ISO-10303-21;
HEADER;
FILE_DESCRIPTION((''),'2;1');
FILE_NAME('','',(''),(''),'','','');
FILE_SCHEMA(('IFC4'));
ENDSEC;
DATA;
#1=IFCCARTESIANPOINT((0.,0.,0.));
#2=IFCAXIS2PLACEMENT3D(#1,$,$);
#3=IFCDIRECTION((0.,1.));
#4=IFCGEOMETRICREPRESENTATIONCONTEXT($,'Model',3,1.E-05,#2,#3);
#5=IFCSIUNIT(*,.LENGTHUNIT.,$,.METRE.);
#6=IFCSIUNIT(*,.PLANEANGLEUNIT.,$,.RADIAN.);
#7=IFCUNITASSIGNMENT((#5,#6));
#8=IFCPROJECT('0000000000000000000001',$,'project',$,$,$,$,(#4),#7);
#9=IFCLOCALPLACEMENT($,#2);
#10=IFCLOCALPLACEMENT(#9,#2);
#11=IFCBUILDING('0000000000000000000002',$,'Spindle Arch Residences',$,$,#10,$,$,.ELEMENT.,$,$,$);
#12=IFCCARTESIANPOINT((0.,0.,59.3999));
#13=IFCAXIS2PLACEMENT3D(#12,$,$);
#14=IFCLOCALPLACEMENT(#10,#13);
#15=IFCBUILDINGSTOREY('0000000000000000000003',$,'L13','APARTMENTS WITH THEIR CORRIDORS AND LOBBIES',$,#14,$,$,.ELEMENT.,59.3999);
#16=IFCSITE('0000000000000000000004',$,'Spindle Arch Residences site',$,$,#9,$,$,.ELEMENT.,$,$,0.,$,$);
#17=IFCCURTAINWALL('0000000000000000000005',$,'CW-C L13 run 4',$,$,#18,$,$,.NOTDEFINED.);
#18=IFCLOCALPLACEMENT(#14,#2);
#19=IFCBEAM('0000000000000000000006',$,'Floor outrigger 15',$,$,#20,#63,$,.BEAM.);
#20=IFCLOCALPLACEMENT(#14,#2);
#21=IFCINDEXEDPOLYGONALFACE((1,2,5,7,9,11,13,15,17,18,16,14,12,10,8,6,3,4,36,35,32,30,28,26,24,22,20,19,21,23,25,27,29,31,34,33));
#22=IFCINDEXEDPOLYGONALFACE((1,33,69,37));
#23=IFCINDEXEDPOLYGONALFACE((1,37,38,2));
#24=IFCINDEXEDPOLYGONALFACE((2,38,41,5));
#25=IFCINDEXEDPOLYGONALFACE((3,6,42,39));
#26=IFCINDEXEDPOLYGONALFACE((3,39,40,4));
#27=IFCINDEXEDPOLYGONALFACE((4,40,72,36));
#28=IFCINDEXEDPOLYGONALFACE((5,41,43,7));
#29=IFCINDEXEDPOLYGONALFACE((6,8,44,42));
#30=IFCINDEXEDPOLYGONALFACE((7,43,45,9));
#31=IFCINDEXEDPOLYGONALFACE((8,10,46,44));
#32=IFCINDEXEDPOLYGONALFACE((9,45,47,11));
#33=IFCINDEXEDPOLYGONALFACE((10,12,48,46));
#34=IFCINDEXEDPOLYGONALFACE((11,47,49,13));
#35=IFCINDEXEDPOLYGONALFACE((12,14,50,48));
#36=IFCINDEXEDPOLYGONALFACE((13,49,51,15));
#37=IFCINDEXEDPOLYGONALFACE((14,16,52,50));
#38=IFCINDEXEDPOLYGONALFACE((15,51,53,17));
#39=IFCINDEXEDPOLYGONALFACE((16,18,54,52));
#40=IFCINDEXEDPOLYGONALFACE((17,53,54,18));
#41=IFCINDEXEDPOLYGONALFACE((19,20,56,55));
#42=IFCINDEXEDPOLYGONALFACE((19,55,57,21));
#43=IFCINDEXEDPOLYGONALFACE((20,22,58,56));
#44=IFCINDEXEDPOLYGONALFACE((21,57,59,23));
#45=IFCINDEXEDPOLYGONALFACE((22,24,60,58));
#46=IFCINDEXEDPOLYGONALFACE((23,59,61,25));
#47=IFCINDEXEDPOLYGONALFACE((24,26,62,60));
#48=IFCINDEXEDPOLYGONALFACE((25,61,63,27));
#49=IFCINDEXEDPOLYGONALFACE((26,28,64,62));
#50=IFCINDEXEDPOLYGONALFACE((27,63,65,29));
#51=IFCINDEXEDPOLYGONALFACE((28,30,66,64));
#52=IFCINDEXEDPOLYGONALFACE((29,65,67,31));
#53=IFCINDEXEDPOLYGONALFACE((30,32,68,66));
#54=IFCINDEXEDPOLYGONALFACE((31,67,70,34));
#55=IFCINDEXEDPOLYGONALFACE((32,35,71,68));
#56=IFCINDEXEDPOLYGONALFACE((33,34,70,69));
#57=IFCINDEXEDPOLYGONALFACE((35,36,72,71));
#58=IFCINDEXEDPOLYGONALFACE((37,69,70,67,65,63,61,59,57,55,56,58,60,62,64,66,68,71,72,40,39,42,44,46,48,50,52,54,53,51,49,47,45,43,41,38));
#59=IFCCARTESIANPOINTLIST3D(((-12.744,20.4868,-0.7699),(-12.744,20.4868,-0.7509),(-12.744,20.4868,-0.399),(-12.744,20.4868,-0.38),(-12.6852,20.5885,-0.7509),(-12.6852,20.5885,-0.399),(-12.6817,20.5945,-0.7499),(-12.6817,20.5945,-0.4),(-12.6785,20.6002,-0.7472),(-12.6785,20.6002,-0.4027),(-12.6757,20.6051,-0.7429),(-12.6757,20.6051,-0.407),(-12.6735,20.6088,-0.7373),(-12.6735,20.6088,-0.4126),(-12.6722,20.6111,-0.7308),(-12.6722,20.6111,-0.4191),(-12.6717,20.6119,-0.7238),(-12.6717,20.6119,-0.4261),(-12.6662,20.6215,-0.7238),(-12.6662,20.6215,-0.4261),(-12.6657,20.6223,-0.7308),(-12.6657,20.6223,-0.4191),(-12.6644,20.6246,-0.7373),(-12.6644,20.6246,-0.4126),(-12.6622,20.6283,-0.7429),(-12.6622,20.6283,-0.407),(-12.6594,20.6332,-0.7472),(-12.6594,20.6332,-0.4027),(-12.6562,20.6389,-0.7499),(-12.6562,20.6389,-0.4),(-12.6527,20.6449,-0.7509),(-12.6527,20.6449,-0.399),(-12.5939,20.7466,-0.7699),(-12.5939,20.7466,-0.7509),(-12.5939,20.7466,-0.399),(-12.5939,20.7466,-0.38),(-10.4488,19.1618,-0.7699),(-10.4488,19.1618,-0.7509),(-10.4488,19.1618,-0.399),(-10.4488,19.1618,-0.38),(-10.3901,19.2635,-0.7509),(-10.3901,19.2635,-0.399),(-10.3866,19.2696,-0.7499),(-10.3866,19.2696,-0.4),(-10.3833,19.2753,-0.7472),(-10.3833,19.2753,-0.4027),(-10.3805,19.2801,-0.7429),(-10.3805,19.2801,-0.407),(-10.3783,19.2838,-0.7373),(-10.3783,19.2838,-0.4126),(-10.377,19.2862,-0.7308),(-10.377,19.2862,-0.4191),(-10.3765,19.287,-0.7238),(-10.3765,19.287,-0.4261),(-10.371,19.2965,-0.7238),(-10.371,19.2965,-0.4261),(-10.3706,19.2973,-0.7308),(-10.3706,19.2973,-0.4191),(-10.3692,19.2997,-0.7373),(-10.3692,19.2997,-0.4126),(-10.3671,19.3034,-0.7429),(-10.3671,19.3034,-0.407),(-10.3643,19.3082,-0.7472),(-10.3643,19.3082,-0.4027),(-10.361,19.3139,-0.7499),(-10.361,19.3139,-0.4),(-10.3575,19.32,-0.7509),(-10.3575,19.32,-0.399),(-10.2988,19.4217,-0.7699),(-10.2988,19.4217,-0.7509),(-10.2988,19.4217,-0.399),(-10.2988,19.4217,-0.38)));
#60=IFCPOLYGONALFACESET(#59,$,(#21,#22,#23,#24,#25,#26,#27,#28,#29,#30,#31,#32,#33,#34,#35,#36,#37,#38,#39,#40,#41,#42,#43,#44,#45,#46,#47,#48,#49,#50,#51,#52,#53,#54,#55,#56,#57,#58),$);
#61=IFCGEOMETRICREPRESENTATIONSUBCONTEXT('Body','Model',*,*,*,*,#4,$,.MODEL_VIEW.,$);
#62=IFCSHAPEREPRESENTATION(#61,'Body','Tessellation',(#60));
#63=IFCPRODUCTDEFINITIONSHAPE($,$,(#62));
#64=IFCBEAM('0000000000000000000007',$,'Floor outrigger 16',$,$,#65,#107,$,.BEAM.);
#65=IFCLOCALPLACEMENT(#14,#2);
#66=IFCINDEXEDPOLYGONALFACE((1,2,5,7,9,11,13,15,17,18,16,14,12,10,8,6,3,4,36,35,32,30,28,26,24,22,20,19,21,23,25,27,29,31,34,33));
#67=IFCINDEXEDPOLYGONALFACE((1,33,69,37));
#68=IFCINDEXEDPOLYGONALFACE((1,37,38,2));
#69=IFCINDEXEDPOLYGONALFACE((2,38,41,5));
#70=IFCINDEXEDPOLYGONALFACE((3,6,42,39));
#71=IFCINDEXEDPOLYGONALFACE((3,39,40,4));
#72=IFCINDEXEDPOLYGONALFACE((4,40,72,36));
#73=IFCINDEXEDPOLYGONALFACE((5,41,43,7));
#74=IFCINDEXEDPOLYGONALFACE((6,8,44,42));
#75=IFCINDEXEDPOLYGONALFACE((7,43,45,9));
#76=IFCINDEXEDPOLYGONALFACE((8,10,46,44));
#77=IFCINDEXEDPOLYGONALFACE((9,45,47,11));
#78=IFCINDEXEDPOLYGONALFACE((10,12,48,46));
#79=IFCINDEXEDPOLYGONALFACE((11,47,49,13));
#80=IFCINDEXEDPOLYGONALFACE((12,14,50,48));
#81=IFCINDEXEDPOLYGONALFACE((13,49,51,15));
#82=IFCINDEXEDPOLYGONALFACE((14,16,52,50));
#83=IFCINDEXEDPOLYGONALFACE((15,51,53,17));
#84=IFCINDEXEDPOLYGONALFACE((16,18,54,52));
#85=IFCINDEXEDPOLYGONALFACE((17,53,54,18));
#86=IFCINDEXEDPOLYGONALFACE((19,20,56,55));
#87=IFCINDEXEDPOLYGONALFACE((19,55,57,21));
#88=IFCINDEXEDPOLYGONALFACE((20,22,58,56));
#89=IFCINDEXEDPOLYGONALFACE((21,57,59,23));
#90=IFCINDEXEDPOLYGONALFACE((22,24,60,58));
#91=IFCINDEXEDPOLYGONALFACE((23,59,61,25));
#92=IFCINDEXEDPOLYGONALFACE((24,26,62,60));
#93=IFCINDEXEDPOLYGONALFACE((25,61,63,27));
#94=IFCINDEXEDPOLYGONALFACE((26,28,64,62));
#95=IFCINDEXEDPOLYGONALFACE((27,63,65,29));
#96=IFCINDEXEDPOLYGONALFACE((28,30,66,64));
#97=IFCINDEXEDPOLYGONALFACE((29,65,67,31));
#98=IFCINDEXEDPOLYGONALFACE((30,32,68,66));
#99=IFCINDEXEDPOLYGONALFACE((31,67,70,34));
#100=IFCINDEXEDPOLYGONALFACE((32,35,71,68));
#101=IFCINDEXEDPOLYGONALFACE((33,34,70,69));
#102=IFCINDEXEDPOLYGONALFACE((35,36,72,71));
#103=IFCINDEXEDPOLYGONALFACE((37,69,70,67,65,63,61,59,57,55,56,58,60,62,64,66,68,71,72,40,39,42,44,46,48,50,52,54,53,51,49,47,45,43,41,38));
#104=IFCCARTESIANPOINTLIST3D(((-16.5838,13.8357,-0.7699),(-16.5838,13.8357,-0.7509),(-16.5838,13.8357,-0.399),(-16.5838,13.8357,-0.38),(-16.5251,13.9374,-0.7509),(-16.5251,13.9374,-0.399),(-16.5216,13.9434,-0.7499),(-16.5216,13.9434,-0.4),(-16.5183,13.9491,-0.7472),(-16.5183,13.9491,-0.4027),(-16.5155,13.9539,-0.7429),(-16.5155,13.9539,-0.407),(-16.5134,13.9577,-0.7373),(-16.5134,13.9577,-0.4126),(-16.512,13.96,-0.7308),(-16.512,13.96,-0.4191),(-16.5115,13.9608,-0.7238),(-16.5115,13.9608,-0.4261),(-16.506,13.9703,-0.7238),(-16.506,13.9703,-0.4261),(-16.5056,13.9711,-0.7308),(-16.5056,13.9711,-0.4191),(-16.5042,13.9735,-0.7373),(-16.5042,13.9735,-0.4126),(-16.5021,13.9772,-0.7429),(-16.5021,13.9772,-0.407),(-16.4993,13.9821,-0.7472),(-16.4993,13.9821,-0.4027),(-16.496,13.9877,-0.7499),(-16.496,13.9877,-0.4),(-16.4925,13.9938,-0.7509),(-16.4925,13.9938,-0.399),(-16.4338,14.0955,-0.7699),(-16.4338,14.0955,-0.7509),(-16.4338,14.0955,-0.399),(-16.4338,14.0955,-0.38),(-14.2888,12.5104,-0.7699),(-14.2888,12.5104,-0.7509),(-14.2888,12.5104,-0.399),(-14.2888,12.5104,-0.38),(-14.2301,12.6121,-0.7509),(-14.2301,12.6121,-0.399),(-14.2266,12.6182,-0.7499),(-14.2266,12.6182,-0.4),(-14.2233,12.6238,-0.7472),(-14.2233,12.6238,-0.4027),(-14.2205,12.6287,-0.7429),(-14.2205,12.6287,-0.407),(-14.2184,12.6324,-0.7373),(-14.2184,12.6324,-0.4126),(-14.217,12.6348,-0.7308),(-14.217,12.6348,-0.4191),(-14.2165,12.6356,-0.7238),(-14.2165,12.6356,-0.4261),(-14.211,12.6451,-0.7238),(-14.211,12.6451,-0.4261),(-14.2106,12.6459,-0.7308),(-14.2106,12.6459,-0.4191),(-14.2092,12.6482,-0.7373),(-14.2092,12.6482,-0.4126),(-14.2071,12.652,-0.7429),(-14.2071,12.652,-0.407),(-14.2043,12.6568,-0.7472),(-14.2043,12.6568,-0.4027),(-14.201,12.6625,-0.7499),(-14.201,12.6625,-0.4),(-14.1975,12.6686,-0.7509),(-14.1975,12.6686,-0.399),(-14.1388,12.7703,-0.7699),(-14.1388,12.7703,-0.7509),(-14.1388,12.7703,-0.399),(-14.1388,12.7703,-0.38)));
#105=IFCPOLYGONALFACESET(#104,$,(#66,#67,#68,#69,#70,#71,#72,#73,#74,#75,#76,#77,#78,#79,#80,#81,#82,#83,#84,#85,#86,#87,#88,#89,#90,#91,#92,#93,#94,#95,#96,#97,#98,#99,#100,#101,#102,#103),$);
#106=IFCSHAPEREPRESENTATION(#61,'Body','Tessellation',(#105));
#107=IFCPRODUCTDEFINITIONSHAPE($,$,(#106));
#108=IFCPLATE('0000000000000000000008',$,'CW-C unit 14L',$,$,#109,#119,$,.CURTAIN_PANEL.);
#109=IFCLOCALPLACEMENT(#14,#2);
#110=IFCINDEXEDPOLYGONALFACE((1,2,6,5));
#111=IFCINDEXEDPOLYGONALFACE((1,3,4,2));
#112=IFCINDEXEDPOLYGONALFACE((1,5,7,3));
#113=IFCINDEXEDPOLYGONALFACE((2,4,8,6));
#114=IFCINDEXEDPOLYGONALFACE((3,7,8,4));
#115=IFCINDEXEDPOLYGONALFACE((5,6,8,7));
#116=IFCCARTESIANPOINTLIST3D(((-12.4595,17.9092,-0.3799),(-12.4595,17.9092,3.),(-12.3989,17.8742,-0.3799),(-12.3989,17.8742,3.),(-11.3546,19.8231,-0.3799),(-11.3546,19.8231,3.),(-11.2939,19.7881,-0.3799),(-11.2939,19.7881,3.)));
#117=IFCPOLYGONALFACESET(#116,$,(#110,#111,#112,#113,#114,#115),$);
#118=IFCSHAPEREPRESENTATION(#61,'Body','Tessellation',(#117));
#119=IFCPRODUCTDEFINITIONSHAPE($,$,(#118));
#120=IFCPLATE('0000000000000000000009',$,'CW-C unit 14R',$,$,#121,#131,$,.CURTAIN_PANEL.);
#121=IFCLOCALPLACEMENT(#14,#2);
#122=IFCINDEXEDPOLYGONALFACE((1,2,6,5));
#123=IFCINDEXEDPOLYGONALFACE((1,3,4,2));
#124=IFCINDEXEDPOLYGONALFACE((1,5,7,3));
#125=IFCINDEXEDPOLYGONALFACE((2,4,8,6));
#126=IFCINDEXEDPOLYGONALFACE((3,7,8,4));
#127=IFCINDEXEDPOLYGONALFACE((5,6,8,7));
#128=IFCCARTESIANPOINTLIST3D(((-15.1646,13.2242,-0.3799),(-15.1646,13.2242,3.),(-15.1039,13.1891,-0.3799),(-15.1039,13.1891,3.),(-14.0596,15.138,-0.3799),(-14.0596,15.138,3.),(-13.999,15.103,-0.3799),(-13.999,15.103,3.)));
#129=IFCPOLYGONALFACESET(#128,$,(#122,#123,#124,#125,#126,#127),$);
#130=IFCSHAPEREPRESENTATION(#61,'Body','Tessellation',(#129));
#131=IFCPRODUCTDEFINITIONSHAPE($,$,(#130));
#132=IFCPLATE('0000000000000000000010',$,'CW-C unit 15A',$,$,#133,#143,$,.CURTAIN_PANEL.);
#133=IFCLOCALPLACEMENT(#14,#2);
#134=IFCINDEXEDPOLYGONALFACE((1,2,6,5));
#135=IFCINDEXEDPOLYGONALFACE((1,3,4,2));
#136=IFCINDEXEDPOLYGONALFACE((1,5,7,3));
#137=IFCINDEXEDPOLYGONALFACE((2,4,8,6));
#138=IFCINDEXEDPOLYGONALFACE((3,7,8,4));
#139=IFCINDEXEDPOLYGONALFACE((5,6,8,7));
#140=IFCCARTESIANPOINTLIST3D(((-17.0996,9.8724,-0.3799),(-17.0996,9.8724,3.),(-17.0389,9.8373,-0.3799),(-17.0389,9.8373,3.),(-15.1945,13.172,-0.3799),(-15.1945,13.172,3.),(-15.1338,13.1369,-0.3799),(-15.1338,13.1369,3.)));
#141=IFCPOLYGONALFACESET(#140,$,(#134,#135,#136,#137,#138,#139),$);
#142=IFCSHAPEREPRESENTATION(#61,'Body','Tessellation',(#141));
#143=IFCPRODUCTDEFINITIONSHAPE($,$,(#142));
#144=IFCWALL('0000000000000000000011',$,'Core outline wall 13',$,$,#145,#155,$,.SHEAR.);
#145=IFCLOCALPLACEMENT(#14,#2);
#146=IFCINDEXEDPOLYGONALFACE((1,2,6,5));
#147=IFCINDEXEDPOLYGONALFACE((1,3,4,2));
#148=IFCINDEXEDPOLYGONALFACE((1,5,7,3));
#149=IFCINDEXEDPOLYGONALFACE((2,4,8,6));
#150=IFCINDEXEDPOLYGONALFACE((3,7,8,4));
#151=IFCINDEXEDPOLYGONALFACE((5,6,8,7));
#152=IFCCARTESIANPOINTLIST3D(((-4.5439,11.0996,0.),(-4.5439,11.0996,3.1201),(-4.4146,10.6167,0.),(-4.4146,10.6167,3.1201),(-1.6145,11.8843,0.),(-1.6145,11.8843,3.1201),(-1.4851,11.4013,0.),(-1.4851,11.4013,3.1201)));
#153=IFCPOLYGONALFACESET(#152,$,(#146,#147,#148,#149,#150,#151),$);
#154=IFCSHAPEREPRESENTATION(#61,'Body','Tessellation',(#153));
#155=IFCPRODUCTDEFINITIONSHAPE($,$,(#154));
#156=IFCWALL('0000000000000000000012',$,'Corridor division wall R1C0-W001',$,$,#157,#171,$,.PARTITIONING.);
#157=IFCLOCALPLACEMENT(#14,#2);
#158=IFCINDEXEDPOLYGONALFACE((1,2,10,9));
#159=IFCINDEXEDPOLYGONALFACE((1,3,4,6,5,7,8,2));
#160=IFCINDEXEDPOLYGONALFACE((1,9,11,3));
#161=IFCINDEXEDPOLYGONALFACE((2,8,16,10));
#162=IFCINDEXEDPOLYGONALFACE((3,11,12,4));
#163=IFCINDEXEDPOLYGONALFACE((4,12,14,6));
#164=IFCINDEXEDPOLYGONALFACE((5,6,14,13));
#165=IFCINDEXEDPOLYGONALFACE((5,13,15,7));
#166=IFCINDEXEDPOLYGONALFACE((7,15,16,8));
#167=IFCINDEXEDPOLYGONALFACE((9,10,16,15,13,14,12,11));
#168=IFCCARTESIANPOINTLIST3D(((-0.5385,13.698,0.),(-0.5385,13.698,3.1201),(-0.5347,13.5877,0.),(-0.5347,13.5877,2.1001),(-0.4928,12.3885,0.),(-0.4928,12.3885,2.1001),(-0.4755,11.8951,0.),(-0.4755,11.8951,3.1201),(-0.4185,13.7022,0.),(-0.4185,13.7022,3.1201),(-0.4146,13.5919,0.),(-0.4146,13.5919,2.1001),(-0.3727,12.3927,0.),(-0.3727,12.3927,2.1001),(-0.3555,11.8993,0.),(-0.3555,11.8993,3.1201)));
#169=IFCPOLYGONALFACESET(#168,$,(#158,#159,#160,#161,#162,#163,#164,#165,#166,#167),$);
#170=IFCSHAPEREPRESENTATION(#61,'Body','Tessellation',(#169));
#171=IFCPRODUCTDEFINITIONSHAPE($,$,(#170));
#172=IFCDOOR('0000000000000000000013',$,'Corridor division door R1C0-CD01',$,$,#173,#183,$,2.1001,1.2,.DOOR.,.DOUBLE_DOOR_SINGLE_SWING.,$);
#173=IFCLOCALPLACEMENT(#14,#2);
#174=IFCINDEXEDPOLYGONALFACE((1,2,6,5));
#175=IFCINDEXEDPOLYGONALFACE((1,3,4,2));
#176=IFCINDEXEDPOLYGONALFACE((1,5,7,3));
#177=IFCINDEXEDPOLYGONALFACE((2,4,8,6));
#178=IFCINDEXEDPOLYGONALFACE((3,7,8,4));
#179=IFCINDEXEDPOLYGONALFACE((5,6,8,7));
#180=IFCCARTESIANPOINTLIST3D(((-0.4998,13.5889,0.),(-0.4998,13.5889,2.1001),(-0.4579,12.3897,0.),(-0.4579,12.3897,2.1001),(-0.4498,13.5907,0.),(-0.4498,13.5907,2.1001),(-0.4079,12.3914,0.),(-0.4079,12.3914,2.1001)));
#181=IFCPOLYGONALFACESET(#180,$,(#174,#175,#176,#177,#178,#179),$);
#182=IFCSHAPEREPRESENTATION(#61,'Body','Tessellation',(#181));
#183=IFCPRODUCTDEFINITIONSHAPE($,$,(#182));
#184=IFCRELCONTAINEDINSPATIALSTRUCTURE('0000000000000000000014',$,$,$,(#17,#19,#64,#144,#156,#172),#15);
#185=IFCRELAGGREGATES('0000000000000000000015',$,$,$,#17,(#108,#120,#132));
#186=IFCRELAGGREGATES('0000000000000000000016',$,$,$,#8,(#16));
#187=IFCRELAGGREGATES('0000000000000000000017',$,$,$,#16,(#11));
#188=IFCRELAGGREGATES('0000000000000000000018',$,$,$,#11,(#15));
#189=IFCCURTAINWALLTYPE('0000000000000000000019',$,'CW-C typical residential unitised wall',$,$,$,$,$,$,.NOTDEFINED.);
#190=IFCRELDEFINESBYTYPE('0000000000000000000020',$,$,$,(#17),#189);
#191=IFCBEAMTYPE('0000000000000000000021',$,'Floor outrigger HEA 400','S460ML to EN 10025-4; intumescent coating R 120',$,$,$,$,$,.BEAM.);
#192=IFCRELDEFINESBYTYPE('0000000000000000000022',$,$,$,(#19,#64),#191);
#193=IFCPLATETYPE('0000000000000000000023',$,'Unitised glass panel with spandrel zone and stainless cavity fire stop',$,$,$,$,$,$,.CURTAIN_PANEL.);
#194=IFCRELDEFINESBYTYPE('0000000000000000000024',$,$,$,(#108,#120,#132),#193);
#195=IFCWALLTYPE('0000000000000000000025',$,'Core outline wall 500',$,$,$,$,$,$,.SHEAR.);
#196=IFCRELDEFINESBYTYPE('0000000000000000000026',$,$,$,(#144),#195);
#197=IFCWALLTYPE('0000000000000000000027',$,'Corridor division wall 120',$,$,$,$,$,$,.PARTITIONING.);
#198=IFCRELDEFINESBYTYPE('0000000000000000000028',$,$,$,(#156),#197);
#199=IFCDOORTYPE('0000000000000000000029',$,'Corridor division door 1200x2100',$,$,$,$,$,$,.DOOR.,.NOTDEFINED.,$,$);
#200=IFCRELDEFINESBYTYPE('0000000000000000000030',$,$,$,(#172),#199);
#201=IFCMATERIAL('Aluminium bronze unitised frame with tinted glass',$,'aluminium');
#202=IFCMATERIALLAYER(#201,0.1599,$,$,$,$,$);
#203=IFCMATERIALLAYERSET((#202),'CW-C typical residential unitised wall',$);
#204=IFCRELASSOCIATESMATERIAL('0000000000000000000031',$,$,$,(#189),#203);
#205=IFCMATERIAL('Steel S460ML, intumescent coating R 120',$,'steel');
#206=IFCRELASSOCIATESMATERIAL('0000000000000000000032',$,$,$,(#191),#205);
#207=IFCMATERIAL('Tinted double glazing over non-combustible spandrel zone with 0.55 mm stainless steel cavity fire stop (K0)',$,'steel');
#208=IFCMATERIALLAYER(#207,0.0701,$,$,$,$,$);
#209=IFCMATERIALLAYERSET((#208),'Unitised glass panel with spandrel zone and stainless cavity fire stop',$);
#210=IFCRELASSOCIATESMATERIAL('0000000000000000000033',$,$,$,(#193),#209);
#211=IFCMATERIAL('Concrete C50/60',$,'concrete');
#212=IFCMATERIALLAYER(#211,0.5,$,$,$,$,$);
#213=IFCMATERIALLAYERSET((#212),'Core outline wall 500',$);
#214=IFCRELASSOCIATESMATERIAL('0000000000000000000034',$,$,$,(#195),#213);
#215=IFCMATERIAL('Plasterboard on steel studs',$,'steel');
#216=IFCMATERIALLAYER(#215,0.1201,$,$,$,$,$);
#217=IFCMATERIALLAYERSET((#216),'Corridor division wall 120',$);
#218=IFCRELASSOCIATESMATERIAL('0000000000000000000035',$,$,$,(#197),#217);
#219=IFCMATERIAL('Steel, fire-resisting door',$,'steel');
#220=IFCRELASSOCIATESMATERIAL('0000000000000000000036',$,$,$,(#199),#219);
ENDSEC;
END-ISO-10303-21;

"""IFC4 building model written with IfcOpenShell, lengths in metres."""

from ifc_helpers import new_model, si_unit, direction, frame, frame_2d, origin, origin_2d, place, context, subcontext, project, spatial, rectangle, i_section, extrude, material, layer, layer_set, material_profile, profile_set, type_object, element, fill, aggregate, save


model = new_model("IFC4")

# Units and contexts
model_context = context("Model", 3, precision=1e-05, world=origin(), true_north=direction((0.0, 1.0)))
body_context = subcontext(model_context, "Body", "Model", "MODEL_VIEW")
ifc_project = project(units=[si_unit("LENGTHUNIT", "METRE"), si_unit("PLANEANGLEUNIT", "RADIAN")], contexts=[model_context])

# Site, building, storey
site_placement = place(None, origin())
site = spatial("IfcSite", under=ifc_project, at=site_placement, Name="Spindle Arch Residences site", CompositionType="ELEMENT", RefElevation=0.0)
building_placement = place(site_placement, origin())
building = spatial("IfcBuilding", under=site, at=building_placement, Name="Spindle Arch Residences", CompositionType="ELEMENT")
storey_placement = place(building_placement, frame((0.0, 0.0, 59.3999)))
storey = spatial("IfcBuildingStorey", under=building, at=storey_placement, Name="L13", Description="APARTMENTS WITH THEIR CORRIDORS AND LOBBIES", CompositionType="ELEMENT", Elevation=59.3999)

# Curtain wall
ifc_material_1 = material(Name="Aluminium bronze unitised frame with tinted glass", Category="aluminium")
ifc_layer_1 = layer(ifc_material_1, 0.1599)
ifc_layer_set_1 = layer_set([ifc_layer_1], Name="CW-C typical residential unitised wall")
curtain_wall_type = type_object("IfcCurtainWallType", Name="CW-C typical residential unitised wall", PredefinedType="NOTDEFINED", material=ifc_layer_set_1)
curtain_wall_placement = place(storey_placement, origin())
curtain_wall = element("IfcCurtainWall", 1, at=curtain_wall_placement, inside=storey, type_object=curtain_wall_type, Name="CW-C L13 run 4", PredefinedType="NOTDEFINED")

# Beams
ifc_material_2 = material(Name="Steel S460ML, intumescent coating R 120", Category="steel")
ifc_material_profile_1 = material_profile(ifc_material_2, i_section(OverallWidth=0.3, OverallDepth=0.3899, WebThickness=0.011, FlangeThickness=0.019, FilletRadius=0.0271, at=origin_2d()), Name="HEA 400")
ifc_profile_set_1 = profile_set([ifc_material_profile_1], Name="Steel S460ML, intumescent coating R 120")
beam_type_1 = type_object("IfcBeamType", Name="Floor outrigger HEA 400", Description="S460ML to EN 10025-4; intumescent coating R 120", PredefinedType="BEAM", material=ifc_profile_set_1)
for number, where, z_axis, x_axis, name in (
    (2, (-12.6689, 20.6167, -0.575), (0.866052, -0.499954, 0.0), (0.499954, 0.866052, 0.0), "Floor outrigger 15"),
    (3, (-16.5088, 13.9656, -0.575), (0.865989, -0.500063, 0.0), (0.500063, 0.865989, 0.0), "Floor outrigger 16"),
):
    element("IfcBeam", number, at=place(storey_placement, frame(where, z_axis=z_axis, x_axis=x_axis)), inside=storey, type_object=beam_type_1, Name=name, PredefinedType="BEAM", context=body_context, shape_type="SweptSolid", body=[
        extrude(i_section(OverallWidth=0.3, OverallDepth=0.3899, WebThickness=0.011, FlangeThickness=0.019, FilletRadius=0.0271, at=origin_2d()), origin(), (0.0, 0.0, 1.0), 2.6501),
    ])

# Plates
ifc_material_3 = material(Name="Tinted double glazing over non-combustible spandrel zone with 0.55 mm stainless steel cavity fire stop (K0)", Category="steel")
ifc_layer_2 = layer(ifc_material_3, 0.0701)
ifc_layer_set_2 = layer_set([ifc_layer_2], Name="Unitised glass panel with spandrel zone and stainless cavity fire stop")
plate_type = type_object("IfcPlateType", Name="Unitised glass panel with spandrel zone and stainless cavity fire stop", PredefinedType="CURTAIN_PANEL", material=ifc_layer_set_2)
plate_1_placement = place(storey_placement, frame((-11.8767, 18.8486, -0.3799), z_axis=(0.0, 0.0, 1.0), x_axis=(-0.5, -0.866025, 0.0)))
plate_1 = element("IfcPlate", 4, at=plate_1_placement, type_object=plate_type, Name="CW-C unit 14L", PredefinedType="CURTAIN_PANEL", context=body_context, shape_type="SweptSolid", body=[
    extrude(rectangle(XDim=2.21, YDim=0.0701, at=origin_2d()), origin(), (0.0, 0.0, 1.0), 3.3799),
])
plate_2_placement = place(storey_placement, frame((-14.5818, 14.1636, -0.3799), z_axis=(0.0, 0.0, 1.0), x_axis=(-0.5, -0.866025, 0.0)))
plate_2 = element("IfcPlate", 5, at=plate_2_placement, type_object=plate_type, Name="CW-C unit 14R", PredefinedType="CURTAIN_PANEL", context=body_context, shape_type="SweptSolid", body=[
    extrude(rectangle(XDim=2.21, YDim=0.0701, at=origin_2d()), origin(), (0.0, 0.0, 1.0), 3.3799),
])
plate_3_placement = place(storey_placement, frame((-16.1167, 11.5046, -0.3799), z_axis=(0.0, 0.0, 1.0), x_axis=(-0.5, -0.866025, 0.0)))
plate_3 = element("IfcPlate", 6, at=plate_3_placement, type_object=plate_type, Name="CW-C unit 15A", PredefinedType="CURTAIN_PANEL", context=body_context, shape_type="SweptSolid", body=[
    extrude(rectangle(XDim=3.8101, YDim=0.0701, at=origin_2d()), origin(), (0.0, 0.0, 1.0), 3.3799),
])
aggregate(curtain_wall, [plate_1, plate_2, plate_3])

# Wall
ifc_material_4 = material(Name="Concrete C50/60", Category="concrete")
ifc_layer_3 = layer(ifc_material_4, 0.5)
ifc_layer_set_3 = layer_set([ifc_layer_3], Name="Core outline wall 500")
wall_type_1 = type_object("IfcWallType", Name="Core outline wall 500", PredefinedType="SHEAR", material=ifc_layer_set_3)
wall_1_placement = place(storey_placement, frame((-1.5498, 11.6428, 0.0), z_axis=(0.0, 0.0, 1.0), x_axis=(-0.965948, -0.258735, 0.0)))
element("IfcWall", 7, at=wall_1_placement, inside=storey, type_object=wall_type_1, Name="Core outline wall 13", PredefinedType="SHEAR", context=body_context, shape_type="SweptSolid", body=[
    extrude(rectangle(XDim=3.0327, YDim=0.5, at=frame_2d((1.5164, 0.0))), origin(), (0.0, 0.0, 1.0), 3.1201),
])

# Wall, opening, door
ifc_material_5 = material(Name="Plasterboard on steel studs", Category="steel")
ifc_layer_4 = layer(ifc_material_5, 0.1201)
ifc_layer_set_4 = layer_set([ifc_layer_4], Name="Corridor division wall 120")
wall_type_2 = type_object("IfcWallType", Name="Corridor division wall 120", PredefinedType="PARTITIONING", material=ifc_layer_set_4)
wall_2_placement = place(storey_placement, frame((-0.4785, 13.7, 0.0), z_axis=(0.0, 0.0, 1.0), x_axis=(0.034919, -0.99939, 0.0)))
wall_2 = element("IfcWall", 8, at=wall_2_placement, inside=storey, type_object=wall_type_2, Name="Corridor division wall R1C0-W001", PredefinedType="PARTITIONING", context=body_context, shape_type="SweptSolid", body=[
    extrude(rectangle(XDim=1.804, YDim=0.1201, at=frame_2d((0.9019, 0.0))), origin(), (0.0, 0.0, 1.0), 3.1201),
])
opening_1_placement = place(wall_2_placement, frame((0.1101, 0.0, 0.0)))
opening_1 = element("IfcOpeningElement", 9, at=opening_1_placement, cuts=wall_2, PredefinedType="OPENING", context=body_context, shape_type="SweptSolid", body=[
    extrude(rectangle(XDim=1.2, YDim=2.1001, at=frame_2d((0.6001, 1.05))), frame((0.0, 0.0701, 0.0), z_axis=(0.0, -1.0, 0.0), x_axis=(1.0, 0.0, 0.0)), (0.0, 0.0, 1.0), 0.1401),
])
ifc_material_6 = material(Name="Steel, fire-resisting door", Category="steel")
door_type_1 = type_object("IfcDoorType", Name="Corridor division door 1200x2100", OperationType="NOTDEFINED", PredefinedType="DOOR", material=ifc_material_6)
door_1_placement = place(opening_1_placement, origin())
door_1 = element("IfcDoor", 10, at=door_1_placement, inside=storey, type_object=door_type_1, Name="Corridor division door R1C0-CD01", OperationType="DOUBLE_DOOR_SINGLE_SWING", OverallHeight=2.1001, OverallWidth=1.2, PredefinedType="DOOR", context=body_context, shape_type="SweptSolid", body=[
    extrude(rectangle(XDim=1.2, YDim=2.1001, at=frame_2d((0.6001, 1.05))), frame((0.0, 0.0249, 0.0), z_axis=(0.0, -1.0, 0.0), x_axis=(1.0, 0.0, 0.0)), (0.0, 0.0, 1.0), 0.05),
])
fill(opening_1, door_1)

save(model, "model.ifc")
